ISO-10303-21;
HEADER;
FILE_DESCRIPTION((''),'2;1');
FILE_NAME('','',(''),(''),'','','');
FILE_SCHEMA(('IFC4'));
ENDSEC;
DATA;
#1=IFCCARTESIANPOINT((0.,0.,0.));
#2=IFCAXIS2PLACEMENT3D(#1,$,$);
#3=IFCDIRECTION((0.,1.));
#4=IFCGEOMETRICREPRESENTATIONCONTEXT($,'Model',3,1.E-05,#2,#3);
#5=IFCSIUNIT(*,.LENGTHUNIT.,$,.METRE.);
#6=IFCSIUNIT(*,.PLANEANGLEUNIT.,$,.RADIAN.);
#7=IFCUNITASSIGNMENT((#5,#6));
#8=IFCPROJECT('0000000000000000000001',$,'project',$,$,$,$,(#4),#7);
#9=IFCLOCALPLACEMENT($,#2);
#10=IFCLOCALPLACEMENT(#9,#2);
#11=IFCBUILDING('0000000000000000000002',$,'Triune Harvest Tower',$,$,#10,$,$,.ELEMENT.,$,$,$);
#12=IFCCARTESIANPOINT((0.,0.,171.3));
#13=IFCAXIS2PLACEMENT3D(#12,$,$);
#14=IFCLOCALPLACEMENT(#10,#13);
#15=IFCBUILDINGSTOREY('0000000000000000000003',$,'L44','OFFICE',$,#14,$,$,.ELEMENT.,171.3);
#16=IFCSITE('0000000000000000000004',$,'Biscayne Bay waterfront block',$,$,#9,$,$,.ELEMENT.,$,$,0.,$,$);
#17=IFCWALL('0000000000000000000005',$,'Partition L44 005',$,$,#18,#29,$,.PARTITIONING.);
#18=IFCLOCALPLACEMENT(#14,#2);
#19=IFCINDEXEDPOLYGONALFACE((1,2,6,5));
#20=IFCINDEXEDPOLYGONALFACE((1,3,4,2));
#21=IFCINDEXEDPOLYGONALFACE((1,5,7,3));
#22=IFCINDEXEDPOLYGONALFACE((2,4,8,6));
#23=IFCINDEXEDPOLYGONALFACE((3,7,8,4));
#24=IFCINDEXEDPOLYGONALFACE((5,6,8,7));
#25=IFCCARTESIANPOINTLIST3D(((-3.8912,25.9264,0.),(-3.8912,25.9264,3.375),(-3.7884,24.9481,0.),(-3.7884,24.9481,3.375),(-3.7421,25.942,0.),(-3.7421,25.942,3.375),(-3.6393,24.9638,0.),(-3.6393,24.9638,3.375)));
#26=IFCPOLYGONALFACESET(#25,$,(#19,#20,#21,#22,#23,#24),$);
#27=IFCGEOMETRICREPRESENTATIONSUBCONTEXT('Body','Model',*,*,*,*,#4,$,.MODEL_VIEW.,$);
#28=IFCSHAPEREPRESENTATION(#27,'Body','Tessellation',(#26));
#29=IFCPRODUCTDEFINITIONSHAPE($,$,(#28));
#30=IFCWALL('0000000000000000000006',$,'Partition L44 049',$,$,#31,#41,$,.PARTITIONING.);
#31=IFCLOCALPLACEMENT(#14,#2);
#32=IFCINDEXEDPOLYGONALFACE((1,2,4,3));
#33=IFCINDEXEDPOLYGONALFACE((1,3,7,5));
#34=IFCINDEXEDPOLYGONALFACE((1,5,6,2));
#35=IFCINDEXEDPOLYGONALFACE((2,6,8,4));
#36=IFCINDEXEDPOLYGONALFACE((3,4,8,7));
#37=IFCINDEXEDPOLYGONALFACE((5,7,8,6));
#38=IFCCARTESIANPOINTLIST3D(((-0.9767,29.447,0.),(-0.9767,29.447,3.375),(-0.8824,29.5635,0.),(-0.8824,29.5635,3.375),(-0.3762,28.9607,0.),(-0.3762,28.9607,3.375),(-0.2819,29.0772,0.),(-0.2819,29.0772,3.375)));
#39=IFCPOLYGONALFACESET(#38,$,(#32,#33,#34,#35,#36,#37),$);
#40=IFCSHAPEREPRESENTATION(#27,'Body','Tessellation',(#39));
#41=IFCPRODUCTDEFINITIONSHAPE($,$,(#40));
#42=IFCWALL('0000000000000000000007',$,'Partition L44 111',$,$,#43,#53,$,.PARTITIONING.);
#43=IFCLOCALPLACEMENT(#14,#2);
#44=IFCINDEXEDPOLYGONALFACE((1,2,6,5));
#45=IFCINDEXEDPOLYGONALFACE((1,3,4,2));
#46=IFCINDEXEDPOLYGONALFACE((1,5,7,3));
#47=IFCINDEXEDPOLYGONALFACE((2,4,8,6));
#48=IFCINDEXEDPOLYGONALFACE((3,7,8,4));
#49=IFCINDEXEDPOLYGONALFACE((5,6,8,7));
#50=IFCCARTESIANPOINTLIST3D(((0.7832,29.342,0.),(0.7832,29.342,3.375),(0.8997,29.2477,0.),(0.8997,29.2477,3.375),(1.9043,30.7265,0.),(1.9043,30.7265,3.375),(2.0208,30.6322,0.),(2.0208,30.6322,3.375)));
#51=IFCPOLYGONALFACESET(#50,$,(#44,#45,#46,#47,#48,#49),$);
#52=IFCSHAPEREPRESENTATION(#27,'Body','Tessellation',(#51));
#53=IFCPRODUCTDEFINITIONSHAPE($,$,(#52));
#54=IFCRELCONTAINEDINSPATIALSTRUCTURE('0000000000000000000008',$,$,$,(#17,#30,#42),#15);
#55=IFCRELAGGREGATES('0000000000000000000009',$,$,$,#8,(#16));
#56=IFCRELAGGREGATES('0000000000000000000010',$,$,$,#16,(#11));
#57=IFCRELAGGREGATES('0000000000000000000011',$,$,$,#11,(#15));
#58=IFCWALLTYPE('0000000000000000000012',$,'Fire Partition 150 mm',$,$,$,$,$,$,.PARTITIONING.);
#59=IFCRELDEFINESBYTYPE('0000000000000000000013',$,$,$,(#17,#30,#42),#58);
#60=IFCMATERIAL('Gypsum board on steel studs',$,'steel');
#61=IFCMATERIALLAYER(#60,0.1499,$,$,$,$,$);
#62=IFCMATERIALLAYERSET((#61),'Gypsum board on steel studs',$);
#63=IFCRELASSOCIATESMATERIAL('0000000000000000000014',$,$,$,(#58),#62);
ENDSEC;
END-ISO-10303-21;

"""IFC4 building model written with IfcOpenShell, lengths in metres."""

from ifc_helpers import new_model, si_unit, direction, frame, frame_2d, origin, place, context, subcontext, project, spatial, rectangle, extrude, source, transform, mapped, material, layer, layer_set, type_object, element, save


model = new_model("IFC4")

# Units and contexts
model_context = context("Model", 3, precision=1e-05, world=origin(), true_north=direction((0.0, 1.0)))
body_context = subcontext(model_context, "Body", "Model", "MODEL_VIEW")
ifc_project = project(units=[si_unit("LENGTHUNIT", "METRE"), si_unit("PLANEANGLEUNIT", "RADIAN")], contexts=[model_context])

# Site, building, storey
site_placement = place(None, origin())
site = spatial("IfcSite", under=ifc_project, at=site_placement, Name="Biscayne Bay waterfront block", CompositionType="ELEMENT", RefElevation=0.0)
building_placement = place(site_placement, origin())
building = spatial("IfcBuilding", under=site, at=building_placement, Name="Triune Harvest Tower", CompositionType="ELEMENT")
storey_placement = place(building_placement, frame((0.0, 0.0, 171.3)))
storey = spatial("IfcBuildingStorey", under=building, at=storey_placement, Name="L44", Description="OFFICE", CompositionType="ELEMENT", Elevation=171.3)

# Shared definitions
ifc_material_1 = material(Name="Gypsum board on steel studs", Category="steel")
ifc_layer_1 = layer(ifc_material_1, 0.1499)
ifc_layer_set_1 = layer_set([ifc_layer_1], Name="Gypsum board on steel studs")
wall_type_1 = type_object("IfcWallType", Name="Fire Partition 150 mm", PredefinedType="PARTITIONING", material=ifc_layer_set_1)

# Walls
shared_shape_1 = source(origin(), body_context, "Body", "SweptSolid", [
    extrude(rectangle(XDim=0.9836, YDim=0.1499, at=frame_2d((0.4917, 0.0))), origin(), (0.0, 0.0, 1.0), 3.375),
])
wall_1_placement = place(storey_placement, frame((-3.8167, 25.9341, 0.0), z_axis=(0.0, 0.0, 1.0), x_axis=(0.104491, -0.994526, 0.0)))
element("IfcWall", 1, at=wall_1_placement, inside=storey, type_object=wall_type_1, Name="Partition L44 005", PredefinedType="PARTITIONING", context=body_context, shape_type="MappedRepresentation", body=[
    mapped(shared_shape_1, transform((0.0, 0.0, 0.0), scale=1.0)),
])
shared_shape_2 = source(origin(), body_context, "Body", "SweptSolid", [
    extrude(rectangle(XDim=0.7727, YDim=0.1499, at=frame_2d((0.3862, 0.0))), origin(), (0.0, 0.0, 1.0), 3.375),
])
wall_2_placement = place(storey_placement, frame((-0.9294, 29.5051, 0.0), z_axis=(0.0, 0.0, 1.0), x_axis=(0.777157, -0.629307, 0.0)))
element("IfcWall", 2, at=wall_2_placement, inside=storey, type_object=wall_type_1, Name="Partition L44 049", PredefinedType="PARTITIONING", context=body_context, shape_type="MappedRepresentation", body=[
    mapped(shared_shape_2, transform((0.0, 0.0, 0.0), scale=1.0)),
])
shared_shape_3 = source(origin(), body_context, "Body", "SweptSolid", [
    extrude(rectangle(XDim=1.7815, YDim=0.1499, at=frame_2d((0.8906, 0.0))), origin(), (0.0, 0.0, 1.0), 3.375),
])
wall_3_placement = place(storey_placement, frame((0.8416, 29.2949, 0.0), z_axis=(0.0, 0.0, 1.0), x_axis=(0.629297, 0.777165, 0.0)))
element("IfcWall", 3, at=wall_3_placement, inside=storey, type_object=wall_type_1, Name="Partition L44 111", PredefinedType="PARTITIONING", context=body_context, shape_type="MappedRepresentation", body=[
    mapped(shared_shape_3, transform((0.0, 0.0, 0.0), scale=1.0)),
])

save(model, "model.ifc")
